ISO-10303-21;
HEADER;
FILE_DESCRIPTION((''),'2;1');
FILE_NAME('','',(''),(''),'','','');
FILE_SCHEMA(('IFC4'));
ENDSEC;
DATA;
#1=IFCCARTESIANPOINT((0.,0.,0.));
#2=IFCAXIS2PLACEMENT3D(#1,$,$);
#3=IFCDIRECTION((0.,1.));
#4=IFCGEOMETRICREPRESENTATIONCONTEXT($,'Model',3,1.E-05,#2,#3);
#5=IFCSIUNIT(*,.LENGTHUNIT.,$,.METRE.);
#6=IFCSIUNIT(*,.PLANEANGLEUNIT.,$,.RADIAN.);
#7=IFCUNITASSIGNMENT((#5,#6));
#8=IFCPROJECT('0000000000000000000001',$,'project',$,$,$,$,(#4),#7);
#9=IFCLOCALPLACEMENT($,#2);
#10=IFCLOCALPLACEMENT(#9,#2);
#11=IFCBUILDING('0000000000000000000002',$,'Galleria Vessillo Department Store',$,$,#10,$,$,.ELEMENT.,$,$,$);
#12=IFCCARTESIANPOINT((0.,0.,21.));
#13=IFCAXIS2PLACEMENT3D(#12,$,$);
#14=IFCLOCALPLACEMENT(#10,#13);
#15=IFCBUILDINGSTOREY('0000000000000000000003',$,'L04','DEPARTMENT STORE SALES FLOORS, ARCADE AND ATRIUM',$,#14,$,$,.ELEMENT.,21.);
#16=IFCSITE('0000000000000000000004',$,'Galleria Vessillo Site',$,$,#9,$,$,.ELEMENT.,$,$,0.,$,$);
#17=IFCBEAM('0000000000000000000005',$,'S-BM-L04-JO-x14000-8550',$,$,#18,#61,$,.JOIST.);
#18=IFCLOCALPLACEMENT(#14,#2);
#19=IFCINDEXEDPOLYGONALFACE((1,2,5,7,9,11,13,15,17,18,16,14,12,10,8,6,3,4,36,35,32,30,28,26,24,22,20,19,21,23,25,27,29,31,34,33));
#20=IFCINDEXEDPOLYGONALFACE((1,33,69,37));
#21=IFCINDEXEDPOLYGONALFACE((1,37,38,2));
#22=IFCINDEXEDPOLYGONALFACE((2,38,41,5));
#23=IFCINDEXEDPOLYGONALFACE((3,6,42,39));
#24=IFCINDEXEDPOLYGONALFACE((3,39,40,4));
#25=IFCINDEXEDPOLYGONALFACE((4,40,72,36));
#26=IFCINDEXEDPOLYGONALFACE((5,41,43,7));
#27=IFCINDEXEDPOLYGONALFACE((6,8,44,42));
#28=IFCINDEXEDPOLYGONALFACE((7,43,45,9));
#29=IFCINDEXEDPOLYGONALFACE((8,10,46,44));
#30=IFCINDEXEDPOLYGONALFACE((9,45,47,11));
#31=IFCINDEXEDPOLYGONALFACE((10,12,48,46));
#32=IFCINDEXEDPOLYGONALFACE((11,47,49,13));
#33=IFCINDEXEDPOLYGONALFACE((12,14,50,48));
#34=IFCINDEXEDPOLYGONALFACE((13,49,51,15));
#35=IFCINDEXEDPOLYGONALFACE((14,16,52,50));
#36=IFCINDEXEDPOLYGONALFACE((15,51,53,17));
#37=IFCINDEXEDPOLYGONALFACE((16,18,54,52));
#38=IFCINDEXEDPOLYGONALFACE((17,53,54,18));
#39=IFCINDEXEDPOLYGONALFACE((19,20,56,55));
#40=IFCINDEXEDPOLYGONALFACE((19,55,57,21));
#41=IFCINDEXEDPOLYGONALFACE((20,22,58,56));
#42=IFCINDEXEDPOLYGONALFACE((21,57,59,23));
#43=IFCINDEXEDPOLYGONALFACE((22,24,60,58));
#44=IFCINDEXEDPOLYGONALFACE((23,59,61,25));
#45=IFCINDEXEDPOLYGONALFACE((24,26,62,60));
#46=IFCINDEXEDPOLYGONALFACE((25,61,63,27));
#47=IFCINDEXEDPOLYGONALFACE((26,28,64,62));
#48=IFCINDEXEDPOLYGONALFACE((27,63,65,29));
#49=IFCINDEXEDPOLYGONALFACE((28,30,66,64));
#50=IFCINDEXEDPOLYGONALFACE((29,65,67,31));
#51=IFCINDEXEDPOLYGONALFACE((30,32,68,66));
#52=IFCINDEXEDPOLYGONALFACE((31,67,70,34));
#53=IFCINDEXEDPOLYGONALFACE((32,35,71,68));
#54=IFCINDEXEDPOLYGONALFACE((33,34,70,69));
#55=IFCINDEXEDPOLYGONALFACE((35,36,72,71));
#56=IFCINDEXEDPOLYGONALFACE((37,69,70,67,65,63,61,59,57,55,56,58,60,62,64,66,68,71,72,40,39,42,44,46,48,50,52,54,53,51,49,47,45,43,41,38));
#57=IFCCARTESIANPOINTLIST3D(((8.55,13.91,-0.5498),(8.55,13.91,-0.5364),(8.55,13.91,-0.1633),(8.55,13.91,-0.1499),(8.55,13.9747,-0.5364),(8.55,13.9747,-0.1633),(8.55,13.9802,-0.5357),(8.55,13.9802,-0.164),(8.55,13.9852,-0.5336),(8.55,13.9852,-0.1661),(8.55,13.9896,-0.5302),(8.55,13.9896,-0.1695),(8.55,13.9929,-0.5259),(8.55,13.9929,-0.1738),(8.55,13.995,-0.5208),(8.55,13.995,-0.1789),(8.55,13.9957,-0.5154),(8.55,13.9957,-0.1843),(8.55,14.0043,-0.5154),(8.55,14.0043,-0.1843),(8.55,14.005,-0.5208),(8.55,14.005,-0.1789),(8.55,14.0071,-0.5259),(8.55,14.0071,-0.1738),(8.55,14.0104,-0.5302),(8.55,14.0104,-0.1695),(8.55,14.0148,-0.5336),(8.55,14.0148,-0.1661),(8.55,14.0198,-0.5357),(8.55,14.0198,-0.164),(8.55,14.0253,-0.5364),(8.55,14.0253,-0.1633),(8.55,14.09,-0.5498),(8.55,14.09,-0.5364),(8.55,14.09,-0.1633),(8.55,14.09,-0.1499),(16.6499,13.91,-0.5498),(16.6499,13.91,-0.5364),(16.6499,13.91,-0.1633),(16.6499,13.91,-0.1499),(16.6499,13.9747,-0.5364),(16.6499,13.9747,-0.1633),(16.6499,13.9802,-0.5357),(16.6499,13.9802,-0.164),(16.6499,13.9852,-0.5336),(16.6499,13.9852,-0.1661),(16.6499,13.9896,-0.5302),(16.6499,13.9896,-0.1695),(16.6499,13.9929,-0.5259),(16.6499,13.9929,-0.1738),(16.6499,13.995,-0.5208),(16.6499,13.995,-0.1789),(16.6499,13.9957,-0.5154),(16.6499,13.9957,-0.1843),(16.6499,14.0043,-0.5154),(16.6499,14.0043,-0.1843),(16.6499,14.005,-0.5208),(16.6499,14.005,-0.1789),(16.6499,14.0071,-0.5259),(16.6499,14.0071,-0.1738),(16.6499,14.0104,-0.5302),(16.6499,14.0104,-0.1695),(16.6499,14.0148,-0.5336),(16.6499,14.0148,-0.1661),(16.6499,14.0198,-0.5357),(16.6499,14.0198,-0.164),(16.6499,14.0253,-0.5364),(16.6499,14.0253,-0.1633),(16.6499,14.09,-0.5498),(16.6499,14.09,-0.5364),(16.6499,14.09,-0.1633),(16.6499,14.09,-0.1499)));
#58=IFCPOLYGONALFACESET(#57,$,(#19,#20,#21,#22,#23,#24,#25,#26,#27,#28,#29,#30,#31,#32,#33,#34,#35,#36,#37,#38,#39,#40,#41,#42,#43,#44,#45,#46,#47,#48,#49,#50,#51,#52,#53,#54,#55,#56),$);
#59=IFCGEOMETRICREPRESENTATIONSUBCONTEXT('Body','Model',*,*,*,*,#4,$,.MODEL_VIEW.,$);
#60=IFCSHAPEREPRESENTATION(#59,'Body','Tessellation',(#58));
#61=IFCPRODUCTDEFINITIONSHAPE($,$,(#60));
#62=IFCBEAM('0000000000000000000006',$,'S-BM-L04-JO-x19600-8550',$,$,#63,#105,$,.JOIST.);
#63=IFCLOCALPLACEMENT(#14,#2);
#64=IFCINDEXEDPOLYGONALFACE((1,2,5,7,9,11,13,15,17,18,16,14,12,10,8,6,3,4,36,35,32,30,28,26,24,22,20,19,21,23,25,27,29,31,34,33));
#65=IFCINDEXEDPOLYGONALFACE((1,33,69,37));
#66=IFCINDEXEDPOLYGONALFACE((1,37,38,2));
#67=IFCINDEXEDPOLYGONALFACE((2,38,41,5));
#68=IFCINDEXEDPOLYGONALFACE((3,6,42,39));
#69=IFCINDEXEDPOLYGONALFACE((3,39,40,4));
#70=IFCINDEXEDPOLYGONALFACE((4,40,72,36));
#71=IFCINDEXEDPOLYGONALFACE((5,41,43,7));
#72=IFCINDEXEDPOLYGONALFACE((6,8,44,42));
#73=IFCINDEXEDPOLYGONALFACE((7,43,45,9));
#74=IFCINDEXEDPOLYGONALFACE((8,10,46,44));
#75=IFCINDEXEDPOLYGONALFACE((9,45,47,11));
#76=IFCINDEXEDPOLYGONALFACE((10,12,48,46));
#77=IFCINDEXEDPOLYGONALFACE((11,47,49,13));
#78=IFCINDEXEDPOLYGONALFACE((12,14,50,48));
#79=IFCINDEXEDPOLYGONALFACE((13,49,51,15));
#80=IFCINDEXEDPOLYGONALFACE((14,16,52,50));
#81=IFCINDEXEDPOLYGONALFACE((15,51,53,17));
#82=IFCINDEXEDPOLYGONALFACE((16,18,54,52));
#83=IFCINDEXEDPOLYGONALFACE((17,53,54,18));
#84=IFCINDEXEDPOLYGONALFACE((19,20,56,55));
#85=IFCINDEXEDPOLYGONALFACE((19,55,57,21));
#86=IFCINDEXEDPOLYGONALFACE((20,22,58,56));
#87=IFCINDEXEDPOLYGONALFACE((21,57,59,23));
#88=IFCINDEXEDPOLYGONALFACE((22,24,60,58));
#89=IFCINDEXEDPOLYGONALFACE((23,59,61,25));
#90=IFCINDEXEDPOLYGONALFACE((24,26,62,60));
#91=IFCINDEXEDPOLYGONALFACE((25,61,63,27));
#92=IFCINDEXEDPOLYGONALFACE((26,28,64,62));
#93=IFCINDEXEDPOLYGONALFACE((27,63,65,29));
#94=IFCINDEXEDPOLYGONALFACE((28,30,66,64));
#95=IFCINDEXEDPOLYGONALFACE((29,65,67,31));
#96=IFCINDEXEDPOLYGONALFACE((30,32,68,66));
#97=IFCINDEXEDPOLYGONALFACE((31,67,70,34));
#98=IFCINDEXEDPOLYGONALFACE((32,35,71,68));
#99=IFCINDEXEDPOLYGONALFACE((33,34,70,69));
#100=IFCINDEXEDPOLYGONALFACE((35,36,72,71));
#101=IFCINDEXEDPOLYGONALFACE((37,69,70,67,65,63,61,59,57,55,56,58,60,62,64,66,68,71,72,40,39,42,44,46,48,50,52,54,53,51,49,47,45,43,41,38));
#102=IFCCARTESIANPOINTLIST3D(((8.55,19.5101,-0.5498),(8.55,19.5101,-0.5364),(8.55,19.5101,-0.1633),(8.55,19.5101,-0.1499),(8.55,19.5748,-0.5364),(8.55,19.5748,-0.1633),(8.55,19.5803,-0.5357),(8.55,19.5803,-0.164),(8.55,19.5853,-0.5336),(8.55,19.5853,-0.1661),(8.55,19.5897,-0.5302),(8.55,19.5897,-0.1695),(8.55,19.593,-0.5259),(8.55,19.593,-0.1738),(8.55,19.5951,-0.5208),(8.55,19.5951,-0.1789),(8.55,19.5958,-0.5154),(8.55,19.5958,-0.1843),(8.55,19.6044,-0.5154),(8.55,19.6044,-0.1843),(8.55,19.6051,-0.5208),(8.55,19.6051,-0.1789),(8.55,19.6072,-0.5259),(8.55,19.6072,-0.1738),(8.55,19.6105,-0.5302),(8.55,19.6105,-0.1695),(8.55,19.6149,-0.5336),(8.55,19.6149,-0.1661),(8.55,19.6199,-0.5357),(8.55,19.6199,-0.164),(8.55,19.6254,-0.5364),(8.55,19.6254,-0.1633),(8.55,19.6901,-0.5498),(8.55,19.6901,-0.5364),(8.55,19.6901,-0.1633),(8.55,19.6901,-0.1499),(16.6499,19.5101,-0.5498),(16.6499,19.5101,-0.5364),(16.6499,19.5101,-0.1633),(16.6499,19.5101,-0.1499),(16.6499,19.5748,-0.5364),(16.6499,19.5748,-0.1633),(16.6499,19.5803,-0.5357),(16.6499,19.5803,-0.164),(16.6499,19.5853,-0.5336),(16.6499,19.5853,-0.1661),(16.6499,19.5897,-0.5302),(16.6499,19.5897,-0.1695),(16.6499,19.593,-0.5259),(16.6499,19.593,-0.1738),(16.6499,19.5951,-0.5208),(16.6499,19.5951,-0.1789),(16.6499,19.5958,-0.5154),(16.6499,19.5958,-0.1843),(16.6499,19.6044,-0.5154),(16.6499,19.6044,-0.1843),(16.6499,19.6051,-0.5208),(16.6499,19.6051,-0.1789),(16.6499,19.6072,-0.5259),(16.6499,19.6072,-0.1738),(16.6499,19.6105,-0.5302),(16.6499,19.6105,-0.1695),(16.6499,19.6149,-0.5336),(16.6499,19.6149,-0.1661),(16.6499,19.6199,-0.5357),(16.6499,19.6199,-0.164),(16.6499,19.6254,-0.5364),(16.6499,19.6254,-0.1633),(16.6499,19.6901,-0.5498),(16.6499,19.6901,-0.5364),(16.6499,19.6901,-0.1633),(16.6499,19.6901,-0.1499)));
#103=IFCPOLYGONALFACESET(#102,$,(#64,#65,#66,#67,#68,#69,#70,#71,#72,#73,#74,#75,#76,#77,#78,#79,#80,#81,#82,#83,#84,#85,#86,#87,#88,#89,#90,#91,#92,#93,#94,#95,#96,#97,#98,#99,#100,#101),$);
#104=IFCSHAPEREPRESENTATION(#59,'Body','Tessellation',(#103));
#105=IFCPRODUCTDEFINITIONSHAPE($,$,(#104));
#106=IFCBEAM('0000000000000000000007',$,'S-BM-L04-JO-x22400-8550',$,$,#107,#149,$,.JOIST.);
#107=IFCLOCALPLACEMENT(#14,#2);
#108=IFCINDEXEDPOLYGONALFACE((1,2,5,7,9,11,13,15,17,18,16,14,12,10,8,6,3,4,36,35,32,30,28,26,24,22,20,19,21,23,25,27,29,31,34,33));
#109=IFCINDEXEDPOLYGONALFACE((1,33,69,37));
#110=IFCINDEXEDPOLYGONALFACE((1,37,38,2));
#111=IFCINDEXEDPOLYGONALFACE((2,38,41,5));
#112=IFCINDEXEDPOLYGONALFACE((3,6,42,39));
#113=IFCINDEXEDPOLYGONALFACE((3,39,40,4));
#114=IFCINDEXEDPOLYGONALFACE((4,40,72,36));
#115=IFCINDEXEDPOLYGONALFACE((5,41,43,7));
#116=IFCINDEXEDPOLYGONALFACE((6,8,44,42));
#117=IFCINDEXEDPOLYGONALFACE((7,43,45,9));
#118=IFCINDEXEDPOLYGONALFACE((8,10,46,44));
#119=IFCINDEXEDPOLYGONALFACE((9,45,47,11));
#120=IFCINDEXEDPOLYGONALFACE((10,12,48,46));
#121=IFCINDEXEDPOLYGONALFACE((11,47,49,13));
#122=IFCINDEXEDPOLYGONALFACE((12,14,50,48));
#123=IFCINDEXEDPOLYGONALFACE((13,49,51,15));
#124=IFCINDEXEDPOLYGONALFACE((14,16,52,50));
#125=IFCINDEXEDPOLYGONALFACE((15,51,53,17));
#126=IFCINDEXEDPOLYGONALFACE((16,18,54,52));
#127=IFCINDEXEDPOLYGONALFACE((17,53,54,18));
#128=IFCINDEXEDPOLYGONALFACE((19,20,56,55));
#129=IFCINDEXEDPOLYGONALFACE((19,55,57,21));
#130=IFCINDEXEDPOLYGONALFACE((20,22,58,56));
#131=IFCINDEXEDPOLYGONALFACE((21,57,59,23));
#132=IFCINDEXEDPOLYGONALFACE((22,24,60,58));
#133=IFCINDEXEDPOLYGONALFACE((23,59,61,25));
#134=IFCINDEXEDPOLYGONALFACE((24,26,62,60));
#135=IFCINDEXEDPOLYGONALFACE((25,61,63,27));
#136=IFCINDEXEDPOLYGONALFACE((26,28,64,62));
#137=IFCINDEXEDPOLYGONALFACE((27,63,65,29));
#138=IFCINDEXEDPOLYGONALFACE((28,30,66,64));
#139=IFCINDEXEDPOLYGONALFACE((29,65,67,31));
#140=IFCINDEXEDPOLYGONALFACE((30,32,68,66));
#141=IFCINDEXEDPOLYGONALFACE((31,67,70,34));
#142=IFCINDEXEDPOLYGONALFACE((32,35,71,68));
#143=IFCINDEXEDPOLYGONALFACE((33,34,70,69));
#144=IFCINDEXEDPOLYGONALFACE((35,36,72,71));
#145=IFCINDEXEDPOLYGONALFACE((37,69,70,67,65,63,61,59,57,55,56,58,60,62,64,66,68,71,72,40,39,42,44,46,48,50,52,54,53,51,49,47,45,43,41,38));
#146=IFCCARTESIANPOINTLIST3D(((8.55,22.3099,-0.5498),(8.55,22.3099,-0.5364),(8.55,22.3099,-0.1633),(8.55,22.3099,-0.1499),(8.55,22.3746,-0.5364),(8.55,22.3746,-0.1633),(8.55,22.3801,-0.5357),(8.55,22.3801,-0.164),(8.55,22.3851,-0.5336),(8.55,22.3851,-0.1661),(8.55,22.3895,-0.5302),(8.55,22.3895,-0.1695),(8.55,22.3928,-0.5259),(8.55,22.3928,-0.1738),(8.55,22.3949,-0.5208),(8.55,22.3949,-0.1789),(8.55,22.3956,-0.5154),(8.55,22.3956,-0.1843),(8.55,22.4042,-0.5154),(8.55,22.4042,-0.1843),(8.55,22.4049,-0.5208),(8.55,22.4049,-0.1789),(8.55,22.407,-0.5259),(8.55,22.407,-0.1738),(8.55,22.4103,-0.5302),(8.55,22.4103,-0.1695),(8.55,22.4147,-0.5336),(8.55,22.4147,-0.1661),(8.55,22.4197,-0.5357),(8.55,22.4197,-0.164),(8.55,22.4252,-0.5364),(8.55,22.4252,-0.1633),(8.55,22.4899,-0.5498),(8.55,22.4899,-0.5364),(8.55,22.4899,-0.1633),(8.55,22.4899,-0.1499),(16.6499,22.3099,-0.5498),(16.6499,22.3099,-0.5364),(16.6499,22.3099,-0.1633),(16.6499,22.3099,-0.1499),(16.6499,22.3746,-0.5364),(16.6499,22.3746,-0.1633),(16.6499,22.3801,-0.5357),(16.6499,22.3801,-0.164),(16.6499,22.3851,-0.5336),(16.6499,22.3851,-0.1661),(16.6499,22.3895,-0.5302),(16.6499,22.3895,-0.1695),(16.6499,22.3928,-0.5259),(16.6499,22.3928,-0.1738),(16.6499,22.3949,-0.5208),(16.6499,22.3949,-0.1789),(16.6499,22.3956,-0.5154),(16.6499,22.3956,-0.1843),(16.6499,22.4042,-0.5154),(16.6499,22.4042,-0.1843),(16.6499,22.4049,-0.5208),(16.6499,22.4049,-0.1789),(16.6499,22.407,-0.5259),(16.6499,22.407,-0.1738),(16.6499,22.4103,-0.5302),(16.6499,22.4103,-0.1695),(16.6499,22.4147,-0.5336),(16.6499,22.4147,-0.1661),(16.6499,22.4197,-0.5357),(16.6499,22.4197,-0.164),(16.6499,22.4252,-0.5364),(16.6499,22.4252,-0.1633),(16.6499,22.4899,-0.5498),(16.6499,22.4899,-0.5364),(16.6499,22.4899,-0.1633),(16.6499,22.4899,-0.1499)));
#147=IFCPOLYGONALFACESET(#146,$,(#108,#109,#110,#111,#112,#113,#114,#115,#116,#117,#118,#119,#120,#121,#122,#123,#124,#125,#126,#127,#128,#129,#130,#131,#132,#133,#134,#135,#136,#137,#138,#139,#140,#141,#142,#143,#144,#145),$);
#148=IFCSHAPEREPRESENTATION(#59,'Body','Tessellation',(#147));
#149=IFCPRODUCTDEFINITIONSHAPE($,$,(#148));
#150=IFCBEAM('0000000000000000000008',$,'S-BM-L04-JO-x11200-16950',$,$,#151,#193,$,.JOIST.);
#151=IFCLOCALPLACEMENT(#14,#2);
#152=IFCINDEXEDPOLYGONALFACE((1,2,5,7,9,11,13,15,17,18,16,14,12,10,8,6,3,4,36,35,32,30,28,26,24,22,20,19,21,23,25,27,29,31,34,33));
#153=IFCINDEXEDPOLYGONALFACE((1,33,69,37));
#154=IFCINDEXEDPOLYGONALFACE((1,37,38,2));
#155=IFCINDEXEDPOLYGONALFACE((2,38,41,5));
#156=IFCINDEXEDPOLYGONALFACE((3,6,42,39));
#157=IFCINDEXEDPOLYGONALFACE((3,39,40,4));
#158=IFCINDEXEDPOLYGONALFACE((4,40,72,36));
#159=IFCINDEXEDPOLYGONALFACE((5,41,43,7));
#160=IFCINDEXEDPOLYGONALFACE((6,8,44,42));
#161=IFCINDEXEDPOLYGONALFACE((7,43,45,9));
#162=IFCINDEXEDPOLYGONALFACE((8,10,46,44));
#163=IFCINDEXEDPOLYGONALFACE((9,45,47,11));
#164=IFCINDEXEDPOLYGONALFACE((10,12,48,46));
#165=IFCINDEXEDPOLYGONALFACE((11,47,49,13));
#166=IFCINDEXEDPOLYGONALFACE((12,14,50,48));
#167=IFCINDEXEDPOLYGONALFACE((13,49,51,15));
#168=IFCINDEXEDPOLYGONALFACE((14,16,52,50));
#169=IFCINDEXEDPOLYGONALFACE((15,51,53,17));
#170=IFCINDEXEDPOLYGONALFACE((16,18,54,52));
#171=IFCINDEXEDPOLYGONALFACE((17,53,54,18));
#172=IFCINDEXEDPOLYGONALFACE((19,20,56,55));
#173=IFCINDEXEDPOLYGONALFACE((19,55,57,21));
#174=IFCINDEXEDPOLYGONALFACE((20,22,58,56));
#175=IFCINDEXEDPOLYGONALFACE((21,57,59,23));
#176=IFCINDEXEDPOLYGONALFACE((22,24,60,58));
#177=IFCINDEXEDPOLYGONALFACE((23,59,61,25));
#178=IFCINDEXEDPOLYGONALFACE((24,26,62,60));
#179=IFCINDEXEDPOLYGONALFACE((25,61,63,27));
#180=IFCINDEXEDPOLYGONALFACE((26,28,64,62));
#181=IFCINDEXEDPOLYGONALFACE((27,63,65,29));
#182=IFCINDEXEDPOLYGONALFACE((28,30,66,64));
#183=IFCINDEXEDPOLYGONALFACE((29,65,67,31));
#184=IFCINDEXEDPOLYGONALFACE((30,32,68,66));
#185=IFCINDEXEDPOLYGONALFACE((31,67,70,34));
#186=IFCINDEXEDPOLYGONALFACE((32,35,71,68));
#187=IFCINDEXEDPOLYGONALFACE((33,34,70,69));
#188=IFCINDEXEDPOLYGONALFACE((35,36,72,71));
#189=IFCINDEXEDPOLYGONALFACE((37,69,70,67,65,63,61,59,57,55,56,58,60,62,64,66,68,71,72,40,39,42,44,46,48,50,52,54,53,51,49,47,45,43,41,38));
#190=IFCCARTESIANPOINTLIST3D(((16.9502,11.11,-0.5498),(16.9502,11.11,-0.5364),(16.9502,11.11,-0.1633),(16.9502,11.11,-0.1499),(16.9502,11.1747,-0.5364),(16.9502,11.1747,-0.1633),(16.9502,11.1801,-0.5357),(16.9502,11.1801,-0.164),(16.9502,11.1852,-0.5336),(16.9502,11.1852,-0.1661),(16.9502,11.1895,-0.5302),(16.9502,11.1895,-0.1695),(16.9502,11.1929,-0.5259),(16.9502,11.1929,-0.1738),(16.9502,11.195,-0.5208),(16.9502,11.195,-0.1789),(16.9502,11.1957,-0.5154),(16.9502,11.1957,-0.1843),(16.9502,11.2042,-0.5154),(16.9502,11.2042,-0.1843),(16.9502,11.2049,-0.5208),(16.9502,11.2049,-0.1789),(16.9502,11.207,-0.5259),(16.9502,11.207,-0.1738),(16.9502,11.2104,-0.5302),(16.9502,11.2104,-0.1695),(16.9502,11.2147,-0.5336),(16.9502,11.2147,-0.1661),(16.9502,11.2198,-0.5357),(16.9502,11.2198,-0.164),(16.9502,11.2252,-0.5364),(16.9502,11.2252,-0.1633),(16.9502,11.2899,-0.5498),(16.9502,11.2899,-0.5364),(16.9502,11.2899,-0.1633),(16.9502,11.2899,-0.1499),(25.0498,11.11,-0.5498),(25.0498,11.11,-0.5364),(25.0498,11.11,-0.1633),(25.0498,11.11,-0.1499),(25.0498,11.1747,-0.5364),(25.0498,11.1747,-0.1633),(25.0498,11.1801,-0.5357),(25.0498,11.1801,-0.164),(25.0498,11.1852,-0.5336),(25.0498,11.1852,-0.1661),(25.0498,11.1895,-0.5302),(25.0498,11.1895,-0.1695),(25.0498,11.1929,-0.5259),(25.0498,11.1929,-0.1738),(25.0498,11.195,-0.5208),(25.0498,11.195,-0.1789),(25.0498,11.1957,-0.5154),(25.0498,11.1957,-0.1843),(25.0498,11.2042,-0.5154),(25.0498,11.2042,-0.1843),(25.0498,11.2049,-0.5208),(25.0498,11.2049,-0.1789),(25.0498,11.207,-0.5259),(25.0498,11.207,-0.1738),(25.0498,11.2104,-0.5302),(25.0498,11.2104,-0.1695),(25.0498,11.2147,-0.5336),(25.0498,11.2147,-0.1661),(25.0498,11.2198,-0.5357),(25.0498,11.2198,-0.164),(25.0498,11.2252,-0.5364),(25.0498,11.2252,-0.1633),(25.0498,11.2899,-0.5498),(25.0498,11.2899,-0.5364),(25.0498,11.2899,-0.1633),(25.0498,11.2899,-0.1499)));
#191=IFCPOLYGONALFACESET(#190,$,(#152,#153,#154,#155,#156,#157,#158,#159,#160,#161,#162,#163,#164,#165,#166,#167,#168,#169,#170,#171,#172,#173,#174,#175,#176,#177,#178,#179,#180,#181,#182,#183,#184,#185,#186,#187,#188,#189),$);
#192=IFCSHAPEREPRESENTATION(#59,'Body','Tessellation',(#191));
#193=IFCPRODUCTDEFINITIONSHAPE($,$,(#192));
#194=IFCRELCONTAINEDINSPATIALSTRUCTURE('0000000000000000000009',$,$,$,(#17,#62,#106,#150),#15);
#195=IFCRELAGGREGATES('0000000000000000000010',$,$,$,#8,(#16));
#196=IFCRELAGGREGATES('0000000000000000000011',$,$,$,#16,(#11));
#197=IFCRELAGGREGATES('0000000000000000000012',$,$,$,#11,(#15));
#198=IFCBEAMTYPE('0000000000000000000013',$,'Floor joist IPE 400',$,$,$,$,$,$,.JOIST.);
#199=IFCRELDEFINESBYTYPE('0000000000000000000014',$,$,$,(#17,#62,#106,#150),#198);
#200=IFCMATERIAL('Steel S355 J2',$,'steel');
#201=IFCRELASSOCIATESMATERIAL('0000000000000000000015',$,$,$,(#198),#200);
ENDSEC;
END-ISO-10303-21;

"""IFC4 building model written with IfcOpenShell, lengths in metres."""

from ifc_helpers import new_model, si_unit, direction, frame, origin, origin_2d, place, context, subcontext, project, spatial, i_section, extrude, material, material_profile, profile_set, type_object, element, save


model = new_model("IFC4")

# Units and contexts
model_context = context("Model", 3, precision=1e-05, world=origin(), true_north=direction((0.0, 1.0)))
body_context = subcontext(model_context, "Body", "Model", "MODEL_VIEW")
ifc_project = project(units=[si_unit("LENGTHUNIT", "METRE"), si_unit("PLANEANGLEUNIT", "RADIAN")], contexts=[model_context])

# Site, building, storey
site_placement = place(None, origin())
site = spatial("IfcSite", under=ifc_project, at=site_placement, Name="Galleria Vessillo Site", CompositionType="ELEMENT", RefElevation=0.0)
building_placement = place(site_placement, origin())
building = spatial("IfcBuilding", under=site, at=building_placement, Name="Galleria Vessillo Department Store", CompositionType="ELEMENT")
storey_placement = place(building_placement, frame((0.0, 0.0, 21.0)))
storey = spatial("IfcBuildingStorey", under=building, at=storey_placement, Name="L04", Description="DEPARTMENT STORE SALES FLOORS, ARCADE AND ATRIUM", CompositionType="ELEMENT", Elevation=21.0)

# Beams
ifc_material_1 = material(Name="Steel S355 J2", Category="steel")
ifc_material_profile_1 = material_profile(ifc_material_1, i_section(OverallWidth=0.1799, OverallDepth=0.3999, WebThickness=0.0085, FlangeThickness=0.0134, FilletRadius=0.021, at=origin_2d()), Name="IPE 400")
ifc_profile_set_1 = profile_set([ifc_material_profile_1], Name="Steel S355 J2")
beam_type_1 = type_object("IfcBeamType", Name="Floor joist IPE 400", PredefinedType="JOIST", material=ifc_profile_set_1)
for number, where, z_axis, x_axis, name in (
    (1, (8.55, 14.0, -0.3499), (1.0, 0.0, 0.0), (0.0, 1.0, 0.0), "S-BM-L04-JO-x14000-8550"),
    (2, (8.55, 19.6001, -0.3499), (1.0, 0.0, 0.0), (0.0, 1.0, 0.0), "S-BM-L04-JO-x19600-8550"),
    (3, (8.55, 22.3999, -0.3499), (1.0, 0.0, 0.0), (0.0, 1.0, 0.0), "S-BM-L04-JO-x22400-8550"),
):
    element("IfcBeam", number, at=place(storey_placement, frame(where, z_axis=z_axis, x_axis=x_axis)), inside=storey, type_object=beam_type_1, Name=name, PredefinedType="JOIST", context=body_context, shape_type="SweptSolid", body=[
        extrude(i_section(OverallWidth=0.1799, OverallDepth=0.3999, WebThickness=0.0085, FlangeThickness=0.0134, FilletRadius=0.021, at=origin_2d()), origin(), (0.0, 0.0, 1.0), 8.0999),
    ])
for number, where, z_axis, x_axis, name in (
    (4, (16.9502, 11.2, -0.3499), (1.0, 0.0, 0.0), (0.0, 1.0, 0.0), "S-BM-L04-JO-x11200-16950"),
):
    element("IfcBeam", number, at=place(storey_placement, frame(where, z_axis=z_axis, x_axis=x_axis)), inside=storey, type_object=beam_type_1, Name=name, PredefinedType="JOIST", context=body_context, shape_type="SweptSolid", body=[
        extrude(i_section(OverallWidth=0.1799, OverallDepth=0.3999, WebThickness=0.0085, FlangeThickness=0.0134, FilletRadius=0.021, at=origin_2d()), origin(), (0.0, 0.0, 1.0), 8.0996),
    ])

save(model, "model.ifc")
